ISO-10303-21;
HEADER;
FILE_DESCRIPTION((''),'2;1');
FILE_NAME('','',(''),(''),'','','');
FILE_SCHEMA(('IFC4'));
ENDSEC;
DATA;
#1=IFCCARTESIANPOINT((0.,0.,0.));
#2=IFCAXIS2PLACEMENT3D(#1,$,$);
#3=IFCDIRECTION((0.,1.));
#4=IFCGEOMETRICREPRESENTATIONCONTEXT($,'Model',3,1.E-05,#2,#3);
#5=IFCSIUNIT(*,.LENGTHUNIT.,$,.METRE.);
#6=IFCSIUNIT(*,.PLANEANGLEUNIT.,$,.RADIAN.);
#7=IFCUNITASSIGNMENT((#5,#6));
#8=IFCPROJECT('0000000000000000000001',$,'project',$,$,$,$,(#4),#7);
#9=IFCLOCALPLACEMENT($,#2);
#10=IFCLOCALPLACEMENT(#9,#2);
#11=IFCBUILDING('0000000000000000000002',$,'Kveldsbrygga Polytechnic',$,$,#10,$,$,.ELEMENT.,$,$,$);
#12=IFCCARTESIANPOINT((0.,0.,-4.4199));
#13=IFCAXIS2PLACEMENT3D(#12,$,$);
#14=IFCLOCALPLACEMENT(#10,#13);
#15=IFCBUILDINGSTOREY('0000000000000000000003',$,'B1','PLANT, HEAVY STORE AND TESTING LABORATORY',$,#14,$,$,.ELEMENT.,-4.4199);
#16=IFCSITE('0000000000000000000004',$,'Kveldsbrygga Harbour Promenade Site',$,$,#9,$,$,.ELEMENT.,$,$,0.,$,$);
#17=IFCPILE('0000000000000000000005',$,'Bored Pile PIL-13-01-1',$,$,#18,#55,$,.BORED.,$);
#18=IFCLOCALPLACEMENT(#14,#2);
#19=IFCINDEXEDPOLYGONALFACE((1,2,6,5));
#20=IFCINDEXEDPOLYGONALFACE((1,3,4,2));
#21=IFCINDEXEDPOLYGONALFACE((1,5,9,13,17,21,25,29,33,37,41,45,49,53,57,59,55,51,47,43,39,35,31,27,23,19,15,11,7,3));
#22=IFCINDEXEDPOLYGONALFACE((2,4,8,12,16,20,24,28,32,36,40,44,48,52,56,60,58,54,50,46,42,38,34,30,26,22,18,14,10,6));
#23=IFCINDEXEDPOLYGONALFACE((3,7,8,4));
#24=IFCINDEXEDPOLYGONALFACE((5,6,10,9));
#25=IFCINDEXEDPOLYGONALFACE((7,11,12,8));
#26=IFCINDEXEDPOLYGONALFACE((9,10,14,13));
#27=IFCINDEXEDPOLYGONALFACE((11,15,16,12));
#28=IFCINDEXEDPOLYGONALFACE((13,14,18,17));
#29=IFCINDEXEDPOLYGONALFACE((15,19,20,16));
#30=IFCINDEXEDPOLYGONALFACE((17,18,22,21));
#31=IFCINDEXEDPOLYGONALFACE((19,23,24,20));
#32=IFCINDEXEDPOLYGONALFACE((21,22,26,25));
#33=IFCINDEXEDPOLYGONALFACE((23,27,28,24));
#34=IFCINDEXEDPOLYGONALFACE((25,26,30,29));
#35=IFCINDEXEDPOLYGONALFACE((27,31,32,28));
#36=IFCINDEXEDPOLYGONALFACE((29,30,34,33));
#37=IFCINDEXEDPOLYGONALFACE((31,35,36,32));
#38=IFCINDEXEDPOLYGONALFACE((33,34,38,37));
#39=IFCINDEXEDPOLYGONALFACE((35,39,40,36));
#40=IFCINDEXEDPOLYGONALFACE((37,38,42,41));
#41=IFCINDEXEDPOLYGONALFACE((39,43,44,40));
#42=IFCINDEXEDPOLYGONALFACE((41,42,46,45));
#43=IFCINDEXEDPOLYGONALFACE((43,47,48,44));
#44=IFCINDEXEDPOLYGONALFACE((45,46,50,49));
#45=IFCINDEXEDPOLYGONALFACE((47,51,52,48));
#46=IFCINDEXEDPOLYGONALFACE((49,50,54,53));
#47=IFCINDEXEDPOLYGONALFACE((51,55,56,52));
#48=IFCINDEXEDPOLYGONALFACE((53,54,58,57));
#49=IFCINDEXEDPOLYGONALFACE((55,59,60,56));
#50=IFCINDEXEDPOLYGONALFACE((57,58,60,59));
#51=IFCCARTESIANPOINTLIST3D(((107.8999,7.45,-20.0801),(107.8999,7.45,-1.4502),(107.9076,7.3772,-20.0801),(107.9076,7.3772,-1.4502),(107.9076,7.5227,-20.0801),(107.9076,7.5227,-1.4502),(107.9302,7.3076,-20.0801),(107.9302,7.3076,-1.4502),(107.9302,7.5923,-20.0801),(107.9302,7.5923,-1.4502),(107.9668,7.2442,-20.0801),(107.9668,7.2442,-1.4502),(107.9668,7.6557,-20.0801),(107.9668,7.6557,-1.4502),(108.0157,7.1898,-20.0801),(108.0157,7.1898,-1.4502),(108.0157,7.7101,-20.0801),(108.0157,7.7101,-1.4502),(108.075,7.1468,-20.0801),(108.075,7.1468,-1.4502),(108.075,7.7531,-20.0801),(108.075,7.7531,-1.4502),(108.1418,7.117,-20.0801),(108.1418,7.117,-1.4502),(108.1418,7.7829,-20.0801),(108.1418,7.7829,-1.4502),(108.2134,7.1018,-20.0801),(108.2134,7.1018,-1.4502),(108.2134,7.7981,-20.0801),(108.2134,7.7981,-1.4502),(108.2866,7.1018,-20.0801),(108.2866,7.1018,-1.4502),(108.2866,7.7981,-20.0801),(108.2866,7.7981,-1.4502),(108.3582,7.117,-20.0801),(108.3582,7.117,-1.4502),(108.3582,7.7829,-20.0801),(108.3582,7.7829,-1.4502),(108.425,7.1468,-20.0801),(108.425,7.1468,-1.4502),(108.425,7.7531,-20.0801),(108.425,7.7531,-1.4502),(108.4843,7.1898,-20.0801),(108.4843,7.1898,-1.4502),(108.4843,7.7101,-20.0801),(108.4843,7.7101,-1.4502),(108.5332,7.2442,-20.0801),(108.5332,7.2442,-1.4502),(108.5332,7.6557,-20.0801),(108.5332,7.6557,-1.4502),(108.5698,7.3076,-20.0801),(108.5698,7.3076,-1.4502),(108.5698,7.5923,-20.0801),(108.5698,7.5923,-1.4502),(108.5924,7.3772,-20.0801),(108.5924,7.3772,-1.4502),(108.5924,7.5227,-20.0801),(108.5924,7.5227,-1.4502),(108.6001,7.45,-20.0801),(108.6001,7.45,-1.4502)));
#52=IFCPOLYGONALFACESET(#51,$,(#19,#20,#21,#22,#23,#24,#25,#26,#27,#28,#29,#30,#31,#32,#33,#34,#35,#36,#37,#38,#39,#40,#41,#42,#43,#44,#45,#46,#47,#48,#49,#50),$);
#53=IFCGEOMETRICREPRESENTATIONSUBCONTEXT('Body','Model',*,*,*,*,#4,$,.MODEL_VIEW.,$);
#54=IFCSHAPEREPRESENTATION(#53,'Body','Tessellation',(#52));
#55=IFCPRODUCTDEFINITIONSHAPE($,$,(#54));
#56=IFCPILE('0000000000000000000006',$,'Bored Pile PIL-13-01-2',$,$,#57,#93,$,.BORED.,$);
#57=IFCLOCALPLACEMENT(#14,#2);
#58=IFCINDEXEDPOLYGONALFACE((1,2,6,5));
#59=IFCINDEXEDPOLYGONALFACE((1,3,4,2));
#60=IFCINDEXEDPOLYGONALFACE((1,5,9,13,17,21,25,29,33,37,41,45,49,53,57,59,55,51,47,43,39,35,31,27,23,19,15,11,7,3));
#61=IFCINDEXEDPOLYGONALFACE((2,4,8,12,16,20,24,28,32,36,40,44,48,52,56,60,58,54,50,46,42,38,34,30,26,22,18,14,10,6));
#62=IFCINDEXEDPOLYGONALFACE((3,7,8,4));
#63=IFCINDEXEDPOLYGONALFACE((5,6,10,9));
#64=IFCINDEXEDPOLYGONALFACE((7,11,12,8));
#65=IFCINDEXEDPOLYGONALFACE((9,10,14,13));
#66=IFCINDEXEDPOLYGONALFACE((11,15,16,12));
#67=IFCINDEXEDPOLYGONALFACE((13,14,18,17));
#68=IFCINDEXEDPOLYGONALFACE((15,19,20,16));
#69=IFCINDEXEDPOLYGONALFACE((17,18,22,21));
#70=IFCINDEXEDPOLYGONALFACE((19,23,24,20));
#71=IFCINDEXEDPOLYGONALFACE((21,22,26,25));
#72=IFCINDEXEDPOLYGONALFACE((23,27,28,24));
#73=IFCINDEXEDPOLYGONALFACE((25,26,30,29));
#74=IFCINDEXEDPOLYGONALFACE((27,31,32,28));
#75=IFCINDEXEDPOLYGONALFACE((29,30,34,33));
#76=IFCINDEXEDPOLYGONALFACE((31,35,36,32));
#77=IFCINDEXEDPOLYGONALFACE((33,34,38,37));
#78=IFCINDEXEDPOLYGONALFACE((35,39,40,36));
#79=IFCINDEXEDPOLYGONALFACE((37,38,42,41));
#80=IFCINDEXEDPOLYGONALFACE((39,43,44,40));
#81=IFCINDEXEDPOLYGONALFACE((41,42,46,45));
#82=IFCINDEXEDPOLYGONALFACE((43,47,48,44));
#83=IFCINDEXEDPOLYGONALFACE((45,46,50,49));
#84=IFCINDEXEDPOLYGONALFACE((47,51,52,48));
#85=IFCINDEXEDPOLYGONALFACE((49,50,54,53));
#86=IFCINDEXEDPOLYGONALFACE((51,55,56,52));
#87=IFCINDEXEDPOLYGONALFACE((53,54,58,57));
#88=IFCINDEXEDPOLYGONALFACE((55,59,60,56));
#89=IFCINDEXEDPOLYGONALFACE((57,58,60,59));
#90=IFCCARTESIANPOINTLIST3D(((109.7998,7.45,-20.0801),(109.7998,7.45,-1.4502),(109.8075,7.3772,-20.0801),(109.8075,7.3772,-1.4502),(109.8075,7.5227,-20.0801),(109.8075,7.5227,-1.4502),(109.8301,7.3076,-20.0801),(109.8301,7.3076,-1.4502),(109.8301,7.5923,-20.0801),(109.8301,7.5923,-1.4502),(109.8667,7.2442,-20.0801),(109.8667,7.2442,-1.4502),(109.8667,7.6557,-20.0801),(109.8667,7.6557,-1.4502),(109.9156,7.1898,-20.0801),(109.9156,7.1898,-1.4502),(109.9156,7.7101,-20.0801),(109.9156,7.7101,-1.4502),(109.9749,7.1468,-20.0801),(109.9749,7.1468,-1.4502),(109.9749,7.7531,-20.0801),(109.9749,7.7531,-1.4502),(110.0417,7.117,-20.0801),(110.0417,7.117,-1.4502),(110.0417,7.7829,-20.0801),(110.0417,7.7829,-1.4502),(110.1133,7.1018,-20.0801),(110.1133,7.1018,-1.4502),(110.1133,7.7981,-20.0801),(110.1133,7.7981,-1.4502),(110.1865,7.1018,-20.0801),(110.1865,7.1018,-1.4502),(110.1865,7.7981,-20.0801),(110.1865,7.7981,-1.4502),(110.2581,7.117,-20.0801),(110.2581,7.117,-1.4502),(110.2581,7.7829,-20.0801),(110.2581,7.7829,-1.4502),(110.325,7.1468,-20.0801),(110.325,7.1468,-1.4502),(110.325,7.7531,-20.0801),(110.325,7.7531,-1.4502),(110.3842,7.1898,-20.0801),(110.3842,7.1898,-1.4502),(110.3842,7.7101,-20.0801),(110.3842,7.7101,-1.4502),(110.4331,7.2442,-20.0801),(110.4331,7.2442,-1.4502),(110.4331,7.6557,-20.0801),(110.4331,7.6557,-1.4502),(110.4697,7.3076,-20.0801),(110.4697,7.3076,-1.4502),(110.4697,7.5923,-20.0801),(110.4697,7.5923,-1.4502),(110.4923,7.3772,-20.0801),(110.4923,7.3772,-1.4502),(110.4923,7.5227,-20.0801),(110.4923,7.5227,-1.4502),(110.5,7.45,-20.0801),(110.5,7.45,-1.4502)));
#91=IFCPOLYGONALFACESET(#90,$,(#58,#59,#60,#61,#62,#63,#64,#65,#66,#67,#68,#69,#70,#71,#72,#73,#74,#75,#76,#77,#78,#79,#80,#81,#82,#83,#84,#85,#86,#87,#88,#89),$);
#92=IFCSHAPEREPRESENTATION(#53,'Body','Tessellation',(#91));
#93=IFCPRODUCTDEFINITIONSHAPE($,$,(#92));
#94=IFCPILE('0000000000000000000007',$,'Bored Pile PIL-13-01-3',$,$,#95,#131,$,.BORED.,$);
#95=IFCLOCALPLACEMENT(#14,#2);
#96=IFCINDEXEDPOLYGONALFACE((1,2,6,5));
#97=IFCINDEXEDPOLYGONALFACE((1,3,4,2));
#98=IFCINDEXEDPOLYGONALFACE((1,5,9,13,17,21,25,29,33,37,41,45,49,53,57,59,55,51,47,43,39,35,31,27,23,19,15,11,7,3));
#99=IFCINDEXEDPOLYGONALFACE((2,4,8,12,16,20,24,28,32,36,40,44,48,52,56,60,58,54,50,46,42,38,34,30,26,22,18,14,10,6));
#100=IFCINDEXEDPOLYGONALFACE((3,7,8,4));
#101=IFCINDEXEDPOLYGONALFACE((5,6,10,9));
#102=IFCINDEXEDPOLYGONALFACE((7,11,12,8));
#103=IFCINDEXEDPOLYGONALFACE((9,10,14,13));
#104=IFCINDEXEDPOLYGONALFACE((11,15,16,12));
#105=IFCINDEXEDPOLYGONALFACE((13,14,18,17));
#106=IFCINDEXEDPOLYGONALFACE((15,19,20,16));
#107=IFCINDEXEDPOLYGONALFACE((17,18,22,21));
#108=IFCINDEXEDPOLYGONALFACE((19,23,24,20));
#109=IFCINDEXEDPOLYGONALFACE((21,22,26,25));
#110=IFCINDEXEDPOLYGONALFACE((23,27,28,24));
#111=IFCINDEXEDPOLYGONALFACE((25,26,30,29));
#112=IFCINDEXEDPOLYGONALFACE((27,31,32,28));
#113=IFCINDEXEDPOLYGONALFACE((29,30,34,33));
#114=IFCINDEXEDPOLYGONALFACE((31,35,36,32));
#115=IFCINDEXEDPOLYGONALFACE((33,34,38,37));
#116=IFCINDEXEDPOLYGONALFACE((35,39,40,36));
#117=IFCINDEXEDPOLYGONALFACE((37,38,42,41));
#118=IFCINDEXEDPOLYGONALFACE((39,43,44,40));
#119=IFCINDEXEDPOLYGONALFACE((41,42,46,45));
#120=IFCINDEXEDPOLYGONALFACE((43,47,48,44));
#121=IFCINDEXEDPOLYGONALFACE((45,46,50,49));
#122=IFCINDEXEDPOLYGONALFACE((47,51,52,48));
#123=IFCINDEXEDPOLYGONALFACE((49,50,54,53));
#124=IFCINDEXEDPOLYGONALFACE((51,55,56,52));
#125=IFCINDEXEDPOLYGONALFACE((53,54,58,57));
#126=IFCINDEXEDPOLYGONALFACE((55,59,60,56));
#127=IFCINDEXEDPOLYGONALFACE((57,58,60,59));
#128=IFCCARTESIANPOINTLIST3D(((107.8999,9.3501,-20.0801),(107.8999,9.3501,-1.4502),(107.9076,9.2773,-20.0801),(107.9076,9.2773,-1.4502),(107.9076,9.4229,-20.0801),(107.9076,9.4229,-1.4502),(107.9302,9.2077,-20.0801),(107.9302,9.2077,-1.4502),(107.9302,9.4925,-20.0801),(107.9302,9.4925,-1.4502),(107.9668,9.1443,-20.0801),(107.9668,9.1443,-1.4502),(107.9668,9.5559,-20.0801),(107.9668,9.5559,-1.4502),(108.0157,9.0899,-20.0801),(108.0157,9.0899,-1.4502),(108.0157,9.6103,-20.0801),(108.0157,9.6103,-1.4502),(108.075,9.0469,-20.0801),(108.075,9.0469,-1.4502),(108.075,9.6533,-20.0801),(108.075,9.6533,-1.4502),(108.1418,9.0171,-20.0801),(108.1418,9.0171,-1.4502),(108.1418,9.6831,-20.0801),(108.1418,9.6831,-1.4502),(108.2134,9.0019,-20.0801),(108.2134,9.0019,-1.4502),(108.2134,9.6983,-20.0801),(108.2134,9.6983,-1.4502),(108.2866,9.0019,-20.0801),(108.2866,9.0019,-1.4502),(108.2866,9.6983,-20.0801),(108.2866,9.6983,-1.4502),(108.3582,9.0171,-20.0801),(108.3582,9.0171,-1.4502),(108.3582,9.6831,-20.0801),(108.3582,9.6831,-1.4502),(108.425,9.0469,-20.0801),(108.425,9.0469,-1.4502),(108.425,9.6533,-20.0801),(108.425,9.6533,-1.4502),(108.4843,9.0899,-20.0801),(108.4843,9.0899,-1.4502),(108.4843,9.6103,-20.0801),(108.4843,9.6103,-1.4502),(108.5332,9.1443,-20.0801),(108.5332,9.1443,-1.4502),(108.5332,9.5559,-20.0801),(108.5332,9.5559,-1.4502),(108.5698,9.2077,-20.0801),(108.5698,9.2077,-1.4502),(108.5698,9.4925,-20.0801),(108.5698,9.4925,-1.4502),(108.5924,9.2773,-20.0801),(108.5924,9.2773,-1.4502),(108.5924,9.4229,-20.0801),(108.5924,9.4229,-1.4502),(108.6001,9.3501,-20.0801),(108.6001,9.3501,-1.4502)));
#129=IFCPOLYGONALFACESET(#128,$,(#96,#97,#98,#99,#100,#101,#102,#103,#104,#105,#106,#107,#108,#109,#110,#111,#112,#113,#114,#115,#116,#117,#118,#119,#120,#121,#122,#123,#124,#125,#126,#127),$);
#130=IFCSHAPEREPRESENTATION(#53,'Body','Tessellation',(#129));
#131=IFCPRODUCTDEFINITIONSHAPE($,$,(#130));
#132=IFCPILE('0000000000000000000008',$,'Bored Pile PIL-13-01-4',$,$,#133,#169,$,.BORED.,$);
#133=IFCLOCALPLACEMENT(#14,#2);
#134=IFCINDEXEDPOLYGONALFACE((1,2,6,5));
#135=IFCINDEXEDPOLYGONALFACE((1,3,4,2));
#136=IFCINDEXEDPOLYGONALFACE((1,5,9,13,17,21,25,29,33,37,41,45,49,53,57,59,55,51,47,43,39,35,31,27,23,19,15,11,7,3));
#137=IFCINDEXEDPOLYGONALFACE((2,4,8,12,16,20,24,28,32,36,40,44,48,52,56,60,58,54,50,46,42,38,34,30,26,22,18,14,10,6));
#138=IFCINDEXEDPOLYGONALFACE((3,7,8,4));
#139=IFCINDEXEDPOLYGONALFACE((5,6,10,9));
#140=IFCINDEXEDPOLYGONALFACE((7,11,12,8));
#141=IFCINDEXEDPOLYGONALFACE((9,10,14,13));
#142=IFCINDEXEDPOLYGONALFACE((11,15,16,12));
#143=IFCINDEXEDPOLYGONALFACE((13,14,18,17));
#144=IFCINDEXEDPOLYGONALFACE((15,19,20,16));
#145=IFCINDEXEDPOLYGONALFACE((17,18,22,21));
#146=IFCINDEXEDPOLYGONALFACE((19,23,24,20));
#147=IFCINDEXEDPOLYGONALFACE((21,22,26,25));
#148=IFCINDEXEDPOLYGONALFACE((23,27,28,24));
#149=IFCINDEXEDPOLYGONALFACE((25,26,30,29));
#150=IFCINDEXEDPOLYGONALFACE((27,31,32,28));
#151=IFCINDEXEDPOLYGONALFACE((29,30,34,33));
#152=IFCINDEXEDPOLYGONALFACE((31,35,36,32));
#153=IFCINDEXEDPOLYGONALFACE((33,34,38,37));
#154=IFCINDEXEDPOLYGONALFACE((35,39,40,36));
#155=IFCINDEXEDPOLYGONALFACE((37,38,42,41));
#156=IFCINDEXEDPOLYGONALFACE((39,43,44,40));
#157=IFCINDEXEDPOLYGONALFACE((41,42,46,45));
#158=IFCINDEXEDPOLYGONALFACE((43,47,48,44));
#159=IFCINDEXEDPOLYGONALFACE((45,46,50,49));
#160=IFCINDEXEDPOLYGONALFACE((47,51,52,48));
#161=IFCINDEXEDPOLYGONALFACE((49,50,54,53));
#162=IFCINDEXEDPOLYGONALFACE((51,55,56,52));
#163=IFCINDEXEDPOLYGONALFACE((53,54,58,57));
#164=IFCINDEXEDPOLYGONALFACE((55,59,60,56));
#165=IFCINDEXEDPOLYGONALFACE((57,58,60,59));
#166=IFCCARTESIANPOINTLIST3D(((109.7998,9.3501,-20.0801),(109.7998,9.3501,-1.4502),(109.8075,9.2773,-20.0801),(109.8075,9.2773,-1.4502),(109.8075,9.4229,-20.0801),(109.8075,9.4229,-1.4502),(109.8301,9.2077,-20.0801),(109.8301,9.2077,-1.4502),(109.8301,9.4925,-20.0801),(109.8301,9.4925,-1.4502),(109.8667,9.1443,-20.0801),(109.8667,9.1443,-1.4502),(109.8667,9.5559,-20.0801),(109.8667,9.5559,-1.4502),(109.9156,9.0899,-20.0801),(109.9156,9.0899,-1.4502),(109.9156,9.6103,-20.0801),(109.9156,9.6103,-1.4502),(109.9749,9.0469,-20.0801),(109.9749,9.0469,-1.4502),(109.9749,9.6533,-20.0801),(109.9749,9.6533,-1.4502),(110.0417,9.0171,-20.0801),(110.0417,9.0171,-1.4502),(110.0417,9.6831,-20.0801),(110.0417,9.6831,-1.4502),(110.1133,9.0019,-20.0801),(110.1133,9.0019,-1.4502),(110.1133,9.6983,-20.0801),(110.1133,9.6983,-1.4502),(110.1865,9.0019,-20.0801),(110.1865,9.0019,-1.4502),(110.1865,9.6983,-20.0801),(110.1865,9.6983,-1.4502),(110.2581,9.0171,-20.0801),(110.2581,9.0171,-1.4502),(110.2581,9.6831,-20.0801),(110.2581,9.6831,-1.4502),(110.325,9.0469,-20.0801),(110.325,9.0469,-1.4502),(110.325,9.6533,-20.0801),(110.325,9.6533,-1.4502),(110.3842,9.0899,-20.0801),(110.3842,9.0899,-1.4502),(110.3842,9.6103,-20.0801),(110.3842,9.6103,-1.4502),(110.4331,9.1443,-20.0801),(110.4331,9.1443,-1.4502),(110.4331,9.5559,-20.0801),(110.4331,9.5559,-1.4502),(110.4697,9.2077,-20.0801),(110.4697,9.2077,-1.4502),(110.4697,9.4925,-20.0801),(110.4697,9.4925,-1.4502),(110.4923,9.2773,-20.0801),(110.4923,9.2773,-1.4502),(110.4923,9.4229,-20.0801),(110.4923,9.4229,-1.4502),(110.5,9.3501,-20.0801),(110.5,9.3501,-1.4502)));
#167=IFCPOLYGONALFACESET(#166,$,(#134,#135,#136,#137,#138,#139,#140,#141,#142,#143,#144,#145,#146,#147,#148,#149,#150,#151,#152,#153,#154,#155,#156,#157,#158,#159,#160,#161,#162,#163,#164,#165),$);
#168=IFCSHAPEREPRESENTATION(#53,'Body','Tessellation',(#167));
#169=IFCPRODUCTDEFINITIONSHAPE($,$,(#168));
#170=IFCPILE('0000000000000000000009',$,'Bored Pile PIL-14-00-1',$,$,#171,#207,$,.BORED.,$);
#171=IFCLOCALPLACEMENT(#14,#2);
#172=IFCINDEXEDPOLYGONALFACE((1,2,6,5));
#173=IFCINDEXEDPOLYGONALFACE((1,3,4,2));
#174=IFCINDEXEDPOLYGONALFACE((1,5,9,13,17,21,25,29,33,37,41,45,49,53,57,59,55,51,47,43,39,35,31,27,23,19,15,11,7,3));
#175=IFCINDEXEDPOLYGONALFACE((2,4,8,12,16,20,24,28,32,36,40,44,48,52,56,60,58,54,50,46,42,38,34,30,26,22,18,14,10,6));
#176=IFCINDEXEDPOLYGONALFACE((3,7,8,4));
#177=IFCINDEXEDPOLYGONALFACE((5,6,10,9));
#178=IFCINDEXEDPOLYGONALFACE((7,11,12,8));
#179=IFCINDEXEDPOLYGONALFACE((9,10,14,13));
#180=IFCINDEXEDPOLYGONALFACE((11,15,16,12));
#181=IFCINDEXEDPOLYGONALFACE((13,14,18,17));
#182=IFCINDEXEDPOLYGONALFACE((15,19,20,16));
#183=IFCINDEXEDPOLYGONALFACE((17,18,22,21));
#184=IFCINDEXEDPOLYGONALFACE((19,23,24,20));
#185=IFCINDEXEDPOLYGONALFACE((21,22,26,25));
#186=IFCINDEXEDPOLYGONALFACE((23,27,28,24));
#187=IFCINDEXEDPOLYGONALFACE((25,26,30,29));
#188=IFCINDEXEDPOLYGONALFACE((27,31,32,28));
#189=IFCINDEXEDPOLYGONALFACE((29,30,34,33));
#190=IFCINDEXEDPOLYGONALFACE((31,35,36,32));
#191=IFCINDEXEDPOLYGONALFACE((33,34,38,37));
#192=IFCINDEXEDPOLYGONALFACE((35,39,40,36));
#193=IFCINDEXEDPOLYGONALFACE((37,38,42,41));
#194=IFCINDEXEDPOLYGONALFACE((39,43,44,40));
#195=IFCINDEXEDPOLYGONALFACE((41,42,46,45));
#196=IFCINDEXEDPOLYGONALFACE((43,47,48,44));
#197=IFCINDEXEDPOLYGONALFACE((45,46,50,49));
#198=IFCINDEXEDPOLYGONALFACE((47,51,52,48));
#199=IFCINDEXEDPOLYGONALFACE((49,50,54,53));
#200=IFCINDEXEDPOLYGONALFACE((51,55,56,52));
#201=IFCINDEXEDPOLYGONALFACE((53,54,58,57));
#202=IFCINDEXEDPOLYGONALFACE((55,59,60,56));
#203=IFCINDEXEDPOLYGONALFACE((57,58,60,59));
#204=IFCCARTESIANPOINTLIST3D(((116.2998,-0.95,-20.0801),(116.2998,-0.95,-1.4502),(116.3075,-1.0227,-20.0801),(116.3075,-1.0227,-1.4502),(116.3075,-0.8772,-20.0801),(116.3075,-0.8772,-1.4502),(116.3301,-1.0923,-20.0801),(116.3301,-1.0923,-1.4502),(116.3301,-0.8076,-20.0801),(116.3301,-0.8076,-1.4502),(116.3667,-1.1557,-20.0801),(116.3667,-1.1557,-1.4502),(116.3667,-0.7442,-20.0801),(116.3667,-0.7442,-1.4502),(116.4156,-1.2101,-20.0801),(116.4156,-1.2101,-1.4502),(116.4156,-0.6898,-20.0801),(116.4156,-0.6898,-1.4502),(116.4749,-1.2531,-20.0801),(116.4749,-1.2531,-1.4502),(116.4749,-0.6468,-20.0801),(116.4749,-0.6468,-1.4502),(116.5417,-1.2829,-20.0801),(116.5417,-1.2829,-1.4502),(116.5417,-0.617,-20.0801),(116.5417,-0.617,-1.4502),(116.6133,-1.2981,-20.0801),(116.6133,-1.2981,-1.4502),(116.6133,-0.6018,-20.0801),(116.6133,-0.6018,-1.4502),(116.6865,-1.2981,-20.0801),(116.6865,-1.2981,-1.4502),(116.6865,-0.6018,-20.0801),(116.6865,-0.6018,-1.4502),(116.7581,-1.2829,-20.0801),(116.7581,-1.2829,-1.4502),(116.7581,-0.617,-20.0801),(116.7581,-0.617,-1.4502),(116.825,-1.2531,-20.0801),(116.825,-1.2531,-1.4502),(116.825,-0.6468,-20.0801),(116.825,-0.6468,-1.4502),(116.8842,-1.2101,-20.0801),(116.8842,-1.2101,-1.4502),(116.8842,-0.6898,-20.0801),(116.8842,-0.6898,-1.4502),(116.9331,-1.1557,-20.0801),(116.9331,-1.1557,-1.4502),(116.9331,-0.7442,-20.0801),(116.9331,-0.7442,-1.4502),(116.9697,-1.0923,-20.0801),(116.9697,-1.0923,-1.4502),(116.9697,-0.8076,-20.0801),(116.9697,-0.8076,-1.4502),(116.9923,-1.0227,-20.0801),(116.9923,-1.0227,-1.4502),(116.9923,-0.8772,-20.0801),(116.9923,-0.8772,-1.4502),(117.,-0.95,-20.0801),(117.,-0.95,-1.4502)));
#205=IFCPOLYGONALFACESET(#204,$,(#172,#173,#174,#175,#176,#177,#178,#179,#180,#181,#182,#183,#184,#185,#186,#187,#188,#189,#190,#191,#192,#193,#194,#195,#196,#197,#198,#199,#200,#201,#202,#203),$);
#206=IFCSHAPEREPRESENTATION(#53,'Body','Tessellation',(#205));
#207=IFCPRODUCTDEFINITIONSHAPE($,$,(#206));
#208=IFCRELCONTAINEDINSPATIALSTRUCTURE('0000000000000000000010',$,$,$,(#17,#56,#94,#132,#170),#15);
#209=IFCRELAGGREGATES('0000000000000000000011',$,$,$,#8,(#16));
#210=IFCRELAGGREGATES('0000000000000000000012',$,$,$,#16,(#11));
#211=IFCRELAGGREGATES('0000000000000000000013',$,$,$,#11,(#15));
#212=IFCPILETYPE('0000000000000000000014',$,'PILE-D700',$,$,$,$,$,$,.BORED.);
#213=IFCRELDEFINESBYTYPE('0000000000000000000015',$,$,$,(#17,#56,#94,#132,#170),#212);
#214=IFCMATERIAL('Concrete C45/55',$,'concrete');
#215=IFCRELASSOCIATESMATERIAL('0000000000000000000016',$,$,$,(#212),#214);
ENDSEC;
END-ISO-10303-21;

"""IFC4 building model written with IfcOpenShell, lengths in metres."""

from ifc_helpers import new_model, si_unit, direction, frame, origin, origin_2d, place, context, subcontext, project, spatial, circle, extrude, material, material_profile, profile_set, type_object, element, save


model = new_model("IFC4")

# Units and contexts
model_context = context("Model", 3, precision=1e-05, world=origin(), true_north=direction((0.0, 1.0)))
body_context = subcontext(model_context, "Body", "Model", "MODEL_VIEW")
ifc_project = project(units=[si_unit("LENGTHUNIT", "METRE"), si_unit("PLANEANGLEUNIT", "RADIAN")], contexts=[model_context])

# Site, building, storey
site_placement = place(None, origin())
site = spatial("IfcSite", under=ifc_project, at=site_placement, Name="Kveldsbrygga Harbour Promenade Site", CompositionType="ELEMENT", RefElevation=0.0)
building_placement = place(site_placement, origin())
building = spatial("IfcBuilding", under=site, at=building_placement, Name="Kveldsbrygga Polytechnic", CompositionType="ELEMENT")
storey_placement = place(building_placement, frame((0.0, 0.0, -4.4199)))
storey = spatial("IfcBuildingStorey", under=building, at=storey_placement, Name="B1", Description="PLANT, HEAVY STORE AND TESTING LABORATORY", CompositionType="ELEMENT", Elevation=-4.4199)

# Shared definitions
ifc_material_1 = material(Name="Concrete C45/55", Category="concrete")

# Piles
ifc_material_profile_1 = material_profile(ifc_material_1, circle(Radius=0.3501, at=origin_2d()), Name="PILE D700")
ifc_profile_set_1 = profile_set([ifc_material_profile_1], Name="Concrete C45/55")
pile_type = type_object("IfcPileType", Name="PILE-D700", PredefinedType="BORED", material=ifc_profile_set_1)
for number, where, z_axis, x_axis, name in (
    (1, (108.25, 7.45, -1.4502), (0.0, 0.0, -1.0), (1.0, 0.0, 0.0), "Bored Pile PIL-13-01-1"),
    (2, (110.1499, 7.45, -1.4502), (0.0, 0.0, -1.0), (1.0, 0.0, 0.0), "Bored Pile PIL-13-01-2"),
    (3, (108.25, 9.3501, -1.4502), (0.0, 0.0, -1.0), (1.0, 0.0, 0.0), "Bored Pile PIL-13-01-3"),
    (4, (110.1499, 9.3501, -1.4502), (0.0, 0.0, -1.0), (1.0, 0.0, 0.0), "Bored Pile PIL-13-01-4"),
    (5, (116.6499, -0.95, -1.4502), (0.0, 0.0, -1.0), (1.0, 0.0, 0.0), "Bored Pile PIL-14-00-1"),
):
    element("IfcPile", number, at=place(storey_placement, frame(where, z_axis=z_axis, x_axis=x_axis)), inside=storey, type_object=pile_type, Name=name, PredefinedType="BORED", context=body_context, shape_type="SweptSolid", body=[
        extrude(circle(Radius=0.3501, at=origin_2d()), origin(), (0.0, 0.0, 1.0), 18.6299),
    ])

save(model, "model.ifc")
